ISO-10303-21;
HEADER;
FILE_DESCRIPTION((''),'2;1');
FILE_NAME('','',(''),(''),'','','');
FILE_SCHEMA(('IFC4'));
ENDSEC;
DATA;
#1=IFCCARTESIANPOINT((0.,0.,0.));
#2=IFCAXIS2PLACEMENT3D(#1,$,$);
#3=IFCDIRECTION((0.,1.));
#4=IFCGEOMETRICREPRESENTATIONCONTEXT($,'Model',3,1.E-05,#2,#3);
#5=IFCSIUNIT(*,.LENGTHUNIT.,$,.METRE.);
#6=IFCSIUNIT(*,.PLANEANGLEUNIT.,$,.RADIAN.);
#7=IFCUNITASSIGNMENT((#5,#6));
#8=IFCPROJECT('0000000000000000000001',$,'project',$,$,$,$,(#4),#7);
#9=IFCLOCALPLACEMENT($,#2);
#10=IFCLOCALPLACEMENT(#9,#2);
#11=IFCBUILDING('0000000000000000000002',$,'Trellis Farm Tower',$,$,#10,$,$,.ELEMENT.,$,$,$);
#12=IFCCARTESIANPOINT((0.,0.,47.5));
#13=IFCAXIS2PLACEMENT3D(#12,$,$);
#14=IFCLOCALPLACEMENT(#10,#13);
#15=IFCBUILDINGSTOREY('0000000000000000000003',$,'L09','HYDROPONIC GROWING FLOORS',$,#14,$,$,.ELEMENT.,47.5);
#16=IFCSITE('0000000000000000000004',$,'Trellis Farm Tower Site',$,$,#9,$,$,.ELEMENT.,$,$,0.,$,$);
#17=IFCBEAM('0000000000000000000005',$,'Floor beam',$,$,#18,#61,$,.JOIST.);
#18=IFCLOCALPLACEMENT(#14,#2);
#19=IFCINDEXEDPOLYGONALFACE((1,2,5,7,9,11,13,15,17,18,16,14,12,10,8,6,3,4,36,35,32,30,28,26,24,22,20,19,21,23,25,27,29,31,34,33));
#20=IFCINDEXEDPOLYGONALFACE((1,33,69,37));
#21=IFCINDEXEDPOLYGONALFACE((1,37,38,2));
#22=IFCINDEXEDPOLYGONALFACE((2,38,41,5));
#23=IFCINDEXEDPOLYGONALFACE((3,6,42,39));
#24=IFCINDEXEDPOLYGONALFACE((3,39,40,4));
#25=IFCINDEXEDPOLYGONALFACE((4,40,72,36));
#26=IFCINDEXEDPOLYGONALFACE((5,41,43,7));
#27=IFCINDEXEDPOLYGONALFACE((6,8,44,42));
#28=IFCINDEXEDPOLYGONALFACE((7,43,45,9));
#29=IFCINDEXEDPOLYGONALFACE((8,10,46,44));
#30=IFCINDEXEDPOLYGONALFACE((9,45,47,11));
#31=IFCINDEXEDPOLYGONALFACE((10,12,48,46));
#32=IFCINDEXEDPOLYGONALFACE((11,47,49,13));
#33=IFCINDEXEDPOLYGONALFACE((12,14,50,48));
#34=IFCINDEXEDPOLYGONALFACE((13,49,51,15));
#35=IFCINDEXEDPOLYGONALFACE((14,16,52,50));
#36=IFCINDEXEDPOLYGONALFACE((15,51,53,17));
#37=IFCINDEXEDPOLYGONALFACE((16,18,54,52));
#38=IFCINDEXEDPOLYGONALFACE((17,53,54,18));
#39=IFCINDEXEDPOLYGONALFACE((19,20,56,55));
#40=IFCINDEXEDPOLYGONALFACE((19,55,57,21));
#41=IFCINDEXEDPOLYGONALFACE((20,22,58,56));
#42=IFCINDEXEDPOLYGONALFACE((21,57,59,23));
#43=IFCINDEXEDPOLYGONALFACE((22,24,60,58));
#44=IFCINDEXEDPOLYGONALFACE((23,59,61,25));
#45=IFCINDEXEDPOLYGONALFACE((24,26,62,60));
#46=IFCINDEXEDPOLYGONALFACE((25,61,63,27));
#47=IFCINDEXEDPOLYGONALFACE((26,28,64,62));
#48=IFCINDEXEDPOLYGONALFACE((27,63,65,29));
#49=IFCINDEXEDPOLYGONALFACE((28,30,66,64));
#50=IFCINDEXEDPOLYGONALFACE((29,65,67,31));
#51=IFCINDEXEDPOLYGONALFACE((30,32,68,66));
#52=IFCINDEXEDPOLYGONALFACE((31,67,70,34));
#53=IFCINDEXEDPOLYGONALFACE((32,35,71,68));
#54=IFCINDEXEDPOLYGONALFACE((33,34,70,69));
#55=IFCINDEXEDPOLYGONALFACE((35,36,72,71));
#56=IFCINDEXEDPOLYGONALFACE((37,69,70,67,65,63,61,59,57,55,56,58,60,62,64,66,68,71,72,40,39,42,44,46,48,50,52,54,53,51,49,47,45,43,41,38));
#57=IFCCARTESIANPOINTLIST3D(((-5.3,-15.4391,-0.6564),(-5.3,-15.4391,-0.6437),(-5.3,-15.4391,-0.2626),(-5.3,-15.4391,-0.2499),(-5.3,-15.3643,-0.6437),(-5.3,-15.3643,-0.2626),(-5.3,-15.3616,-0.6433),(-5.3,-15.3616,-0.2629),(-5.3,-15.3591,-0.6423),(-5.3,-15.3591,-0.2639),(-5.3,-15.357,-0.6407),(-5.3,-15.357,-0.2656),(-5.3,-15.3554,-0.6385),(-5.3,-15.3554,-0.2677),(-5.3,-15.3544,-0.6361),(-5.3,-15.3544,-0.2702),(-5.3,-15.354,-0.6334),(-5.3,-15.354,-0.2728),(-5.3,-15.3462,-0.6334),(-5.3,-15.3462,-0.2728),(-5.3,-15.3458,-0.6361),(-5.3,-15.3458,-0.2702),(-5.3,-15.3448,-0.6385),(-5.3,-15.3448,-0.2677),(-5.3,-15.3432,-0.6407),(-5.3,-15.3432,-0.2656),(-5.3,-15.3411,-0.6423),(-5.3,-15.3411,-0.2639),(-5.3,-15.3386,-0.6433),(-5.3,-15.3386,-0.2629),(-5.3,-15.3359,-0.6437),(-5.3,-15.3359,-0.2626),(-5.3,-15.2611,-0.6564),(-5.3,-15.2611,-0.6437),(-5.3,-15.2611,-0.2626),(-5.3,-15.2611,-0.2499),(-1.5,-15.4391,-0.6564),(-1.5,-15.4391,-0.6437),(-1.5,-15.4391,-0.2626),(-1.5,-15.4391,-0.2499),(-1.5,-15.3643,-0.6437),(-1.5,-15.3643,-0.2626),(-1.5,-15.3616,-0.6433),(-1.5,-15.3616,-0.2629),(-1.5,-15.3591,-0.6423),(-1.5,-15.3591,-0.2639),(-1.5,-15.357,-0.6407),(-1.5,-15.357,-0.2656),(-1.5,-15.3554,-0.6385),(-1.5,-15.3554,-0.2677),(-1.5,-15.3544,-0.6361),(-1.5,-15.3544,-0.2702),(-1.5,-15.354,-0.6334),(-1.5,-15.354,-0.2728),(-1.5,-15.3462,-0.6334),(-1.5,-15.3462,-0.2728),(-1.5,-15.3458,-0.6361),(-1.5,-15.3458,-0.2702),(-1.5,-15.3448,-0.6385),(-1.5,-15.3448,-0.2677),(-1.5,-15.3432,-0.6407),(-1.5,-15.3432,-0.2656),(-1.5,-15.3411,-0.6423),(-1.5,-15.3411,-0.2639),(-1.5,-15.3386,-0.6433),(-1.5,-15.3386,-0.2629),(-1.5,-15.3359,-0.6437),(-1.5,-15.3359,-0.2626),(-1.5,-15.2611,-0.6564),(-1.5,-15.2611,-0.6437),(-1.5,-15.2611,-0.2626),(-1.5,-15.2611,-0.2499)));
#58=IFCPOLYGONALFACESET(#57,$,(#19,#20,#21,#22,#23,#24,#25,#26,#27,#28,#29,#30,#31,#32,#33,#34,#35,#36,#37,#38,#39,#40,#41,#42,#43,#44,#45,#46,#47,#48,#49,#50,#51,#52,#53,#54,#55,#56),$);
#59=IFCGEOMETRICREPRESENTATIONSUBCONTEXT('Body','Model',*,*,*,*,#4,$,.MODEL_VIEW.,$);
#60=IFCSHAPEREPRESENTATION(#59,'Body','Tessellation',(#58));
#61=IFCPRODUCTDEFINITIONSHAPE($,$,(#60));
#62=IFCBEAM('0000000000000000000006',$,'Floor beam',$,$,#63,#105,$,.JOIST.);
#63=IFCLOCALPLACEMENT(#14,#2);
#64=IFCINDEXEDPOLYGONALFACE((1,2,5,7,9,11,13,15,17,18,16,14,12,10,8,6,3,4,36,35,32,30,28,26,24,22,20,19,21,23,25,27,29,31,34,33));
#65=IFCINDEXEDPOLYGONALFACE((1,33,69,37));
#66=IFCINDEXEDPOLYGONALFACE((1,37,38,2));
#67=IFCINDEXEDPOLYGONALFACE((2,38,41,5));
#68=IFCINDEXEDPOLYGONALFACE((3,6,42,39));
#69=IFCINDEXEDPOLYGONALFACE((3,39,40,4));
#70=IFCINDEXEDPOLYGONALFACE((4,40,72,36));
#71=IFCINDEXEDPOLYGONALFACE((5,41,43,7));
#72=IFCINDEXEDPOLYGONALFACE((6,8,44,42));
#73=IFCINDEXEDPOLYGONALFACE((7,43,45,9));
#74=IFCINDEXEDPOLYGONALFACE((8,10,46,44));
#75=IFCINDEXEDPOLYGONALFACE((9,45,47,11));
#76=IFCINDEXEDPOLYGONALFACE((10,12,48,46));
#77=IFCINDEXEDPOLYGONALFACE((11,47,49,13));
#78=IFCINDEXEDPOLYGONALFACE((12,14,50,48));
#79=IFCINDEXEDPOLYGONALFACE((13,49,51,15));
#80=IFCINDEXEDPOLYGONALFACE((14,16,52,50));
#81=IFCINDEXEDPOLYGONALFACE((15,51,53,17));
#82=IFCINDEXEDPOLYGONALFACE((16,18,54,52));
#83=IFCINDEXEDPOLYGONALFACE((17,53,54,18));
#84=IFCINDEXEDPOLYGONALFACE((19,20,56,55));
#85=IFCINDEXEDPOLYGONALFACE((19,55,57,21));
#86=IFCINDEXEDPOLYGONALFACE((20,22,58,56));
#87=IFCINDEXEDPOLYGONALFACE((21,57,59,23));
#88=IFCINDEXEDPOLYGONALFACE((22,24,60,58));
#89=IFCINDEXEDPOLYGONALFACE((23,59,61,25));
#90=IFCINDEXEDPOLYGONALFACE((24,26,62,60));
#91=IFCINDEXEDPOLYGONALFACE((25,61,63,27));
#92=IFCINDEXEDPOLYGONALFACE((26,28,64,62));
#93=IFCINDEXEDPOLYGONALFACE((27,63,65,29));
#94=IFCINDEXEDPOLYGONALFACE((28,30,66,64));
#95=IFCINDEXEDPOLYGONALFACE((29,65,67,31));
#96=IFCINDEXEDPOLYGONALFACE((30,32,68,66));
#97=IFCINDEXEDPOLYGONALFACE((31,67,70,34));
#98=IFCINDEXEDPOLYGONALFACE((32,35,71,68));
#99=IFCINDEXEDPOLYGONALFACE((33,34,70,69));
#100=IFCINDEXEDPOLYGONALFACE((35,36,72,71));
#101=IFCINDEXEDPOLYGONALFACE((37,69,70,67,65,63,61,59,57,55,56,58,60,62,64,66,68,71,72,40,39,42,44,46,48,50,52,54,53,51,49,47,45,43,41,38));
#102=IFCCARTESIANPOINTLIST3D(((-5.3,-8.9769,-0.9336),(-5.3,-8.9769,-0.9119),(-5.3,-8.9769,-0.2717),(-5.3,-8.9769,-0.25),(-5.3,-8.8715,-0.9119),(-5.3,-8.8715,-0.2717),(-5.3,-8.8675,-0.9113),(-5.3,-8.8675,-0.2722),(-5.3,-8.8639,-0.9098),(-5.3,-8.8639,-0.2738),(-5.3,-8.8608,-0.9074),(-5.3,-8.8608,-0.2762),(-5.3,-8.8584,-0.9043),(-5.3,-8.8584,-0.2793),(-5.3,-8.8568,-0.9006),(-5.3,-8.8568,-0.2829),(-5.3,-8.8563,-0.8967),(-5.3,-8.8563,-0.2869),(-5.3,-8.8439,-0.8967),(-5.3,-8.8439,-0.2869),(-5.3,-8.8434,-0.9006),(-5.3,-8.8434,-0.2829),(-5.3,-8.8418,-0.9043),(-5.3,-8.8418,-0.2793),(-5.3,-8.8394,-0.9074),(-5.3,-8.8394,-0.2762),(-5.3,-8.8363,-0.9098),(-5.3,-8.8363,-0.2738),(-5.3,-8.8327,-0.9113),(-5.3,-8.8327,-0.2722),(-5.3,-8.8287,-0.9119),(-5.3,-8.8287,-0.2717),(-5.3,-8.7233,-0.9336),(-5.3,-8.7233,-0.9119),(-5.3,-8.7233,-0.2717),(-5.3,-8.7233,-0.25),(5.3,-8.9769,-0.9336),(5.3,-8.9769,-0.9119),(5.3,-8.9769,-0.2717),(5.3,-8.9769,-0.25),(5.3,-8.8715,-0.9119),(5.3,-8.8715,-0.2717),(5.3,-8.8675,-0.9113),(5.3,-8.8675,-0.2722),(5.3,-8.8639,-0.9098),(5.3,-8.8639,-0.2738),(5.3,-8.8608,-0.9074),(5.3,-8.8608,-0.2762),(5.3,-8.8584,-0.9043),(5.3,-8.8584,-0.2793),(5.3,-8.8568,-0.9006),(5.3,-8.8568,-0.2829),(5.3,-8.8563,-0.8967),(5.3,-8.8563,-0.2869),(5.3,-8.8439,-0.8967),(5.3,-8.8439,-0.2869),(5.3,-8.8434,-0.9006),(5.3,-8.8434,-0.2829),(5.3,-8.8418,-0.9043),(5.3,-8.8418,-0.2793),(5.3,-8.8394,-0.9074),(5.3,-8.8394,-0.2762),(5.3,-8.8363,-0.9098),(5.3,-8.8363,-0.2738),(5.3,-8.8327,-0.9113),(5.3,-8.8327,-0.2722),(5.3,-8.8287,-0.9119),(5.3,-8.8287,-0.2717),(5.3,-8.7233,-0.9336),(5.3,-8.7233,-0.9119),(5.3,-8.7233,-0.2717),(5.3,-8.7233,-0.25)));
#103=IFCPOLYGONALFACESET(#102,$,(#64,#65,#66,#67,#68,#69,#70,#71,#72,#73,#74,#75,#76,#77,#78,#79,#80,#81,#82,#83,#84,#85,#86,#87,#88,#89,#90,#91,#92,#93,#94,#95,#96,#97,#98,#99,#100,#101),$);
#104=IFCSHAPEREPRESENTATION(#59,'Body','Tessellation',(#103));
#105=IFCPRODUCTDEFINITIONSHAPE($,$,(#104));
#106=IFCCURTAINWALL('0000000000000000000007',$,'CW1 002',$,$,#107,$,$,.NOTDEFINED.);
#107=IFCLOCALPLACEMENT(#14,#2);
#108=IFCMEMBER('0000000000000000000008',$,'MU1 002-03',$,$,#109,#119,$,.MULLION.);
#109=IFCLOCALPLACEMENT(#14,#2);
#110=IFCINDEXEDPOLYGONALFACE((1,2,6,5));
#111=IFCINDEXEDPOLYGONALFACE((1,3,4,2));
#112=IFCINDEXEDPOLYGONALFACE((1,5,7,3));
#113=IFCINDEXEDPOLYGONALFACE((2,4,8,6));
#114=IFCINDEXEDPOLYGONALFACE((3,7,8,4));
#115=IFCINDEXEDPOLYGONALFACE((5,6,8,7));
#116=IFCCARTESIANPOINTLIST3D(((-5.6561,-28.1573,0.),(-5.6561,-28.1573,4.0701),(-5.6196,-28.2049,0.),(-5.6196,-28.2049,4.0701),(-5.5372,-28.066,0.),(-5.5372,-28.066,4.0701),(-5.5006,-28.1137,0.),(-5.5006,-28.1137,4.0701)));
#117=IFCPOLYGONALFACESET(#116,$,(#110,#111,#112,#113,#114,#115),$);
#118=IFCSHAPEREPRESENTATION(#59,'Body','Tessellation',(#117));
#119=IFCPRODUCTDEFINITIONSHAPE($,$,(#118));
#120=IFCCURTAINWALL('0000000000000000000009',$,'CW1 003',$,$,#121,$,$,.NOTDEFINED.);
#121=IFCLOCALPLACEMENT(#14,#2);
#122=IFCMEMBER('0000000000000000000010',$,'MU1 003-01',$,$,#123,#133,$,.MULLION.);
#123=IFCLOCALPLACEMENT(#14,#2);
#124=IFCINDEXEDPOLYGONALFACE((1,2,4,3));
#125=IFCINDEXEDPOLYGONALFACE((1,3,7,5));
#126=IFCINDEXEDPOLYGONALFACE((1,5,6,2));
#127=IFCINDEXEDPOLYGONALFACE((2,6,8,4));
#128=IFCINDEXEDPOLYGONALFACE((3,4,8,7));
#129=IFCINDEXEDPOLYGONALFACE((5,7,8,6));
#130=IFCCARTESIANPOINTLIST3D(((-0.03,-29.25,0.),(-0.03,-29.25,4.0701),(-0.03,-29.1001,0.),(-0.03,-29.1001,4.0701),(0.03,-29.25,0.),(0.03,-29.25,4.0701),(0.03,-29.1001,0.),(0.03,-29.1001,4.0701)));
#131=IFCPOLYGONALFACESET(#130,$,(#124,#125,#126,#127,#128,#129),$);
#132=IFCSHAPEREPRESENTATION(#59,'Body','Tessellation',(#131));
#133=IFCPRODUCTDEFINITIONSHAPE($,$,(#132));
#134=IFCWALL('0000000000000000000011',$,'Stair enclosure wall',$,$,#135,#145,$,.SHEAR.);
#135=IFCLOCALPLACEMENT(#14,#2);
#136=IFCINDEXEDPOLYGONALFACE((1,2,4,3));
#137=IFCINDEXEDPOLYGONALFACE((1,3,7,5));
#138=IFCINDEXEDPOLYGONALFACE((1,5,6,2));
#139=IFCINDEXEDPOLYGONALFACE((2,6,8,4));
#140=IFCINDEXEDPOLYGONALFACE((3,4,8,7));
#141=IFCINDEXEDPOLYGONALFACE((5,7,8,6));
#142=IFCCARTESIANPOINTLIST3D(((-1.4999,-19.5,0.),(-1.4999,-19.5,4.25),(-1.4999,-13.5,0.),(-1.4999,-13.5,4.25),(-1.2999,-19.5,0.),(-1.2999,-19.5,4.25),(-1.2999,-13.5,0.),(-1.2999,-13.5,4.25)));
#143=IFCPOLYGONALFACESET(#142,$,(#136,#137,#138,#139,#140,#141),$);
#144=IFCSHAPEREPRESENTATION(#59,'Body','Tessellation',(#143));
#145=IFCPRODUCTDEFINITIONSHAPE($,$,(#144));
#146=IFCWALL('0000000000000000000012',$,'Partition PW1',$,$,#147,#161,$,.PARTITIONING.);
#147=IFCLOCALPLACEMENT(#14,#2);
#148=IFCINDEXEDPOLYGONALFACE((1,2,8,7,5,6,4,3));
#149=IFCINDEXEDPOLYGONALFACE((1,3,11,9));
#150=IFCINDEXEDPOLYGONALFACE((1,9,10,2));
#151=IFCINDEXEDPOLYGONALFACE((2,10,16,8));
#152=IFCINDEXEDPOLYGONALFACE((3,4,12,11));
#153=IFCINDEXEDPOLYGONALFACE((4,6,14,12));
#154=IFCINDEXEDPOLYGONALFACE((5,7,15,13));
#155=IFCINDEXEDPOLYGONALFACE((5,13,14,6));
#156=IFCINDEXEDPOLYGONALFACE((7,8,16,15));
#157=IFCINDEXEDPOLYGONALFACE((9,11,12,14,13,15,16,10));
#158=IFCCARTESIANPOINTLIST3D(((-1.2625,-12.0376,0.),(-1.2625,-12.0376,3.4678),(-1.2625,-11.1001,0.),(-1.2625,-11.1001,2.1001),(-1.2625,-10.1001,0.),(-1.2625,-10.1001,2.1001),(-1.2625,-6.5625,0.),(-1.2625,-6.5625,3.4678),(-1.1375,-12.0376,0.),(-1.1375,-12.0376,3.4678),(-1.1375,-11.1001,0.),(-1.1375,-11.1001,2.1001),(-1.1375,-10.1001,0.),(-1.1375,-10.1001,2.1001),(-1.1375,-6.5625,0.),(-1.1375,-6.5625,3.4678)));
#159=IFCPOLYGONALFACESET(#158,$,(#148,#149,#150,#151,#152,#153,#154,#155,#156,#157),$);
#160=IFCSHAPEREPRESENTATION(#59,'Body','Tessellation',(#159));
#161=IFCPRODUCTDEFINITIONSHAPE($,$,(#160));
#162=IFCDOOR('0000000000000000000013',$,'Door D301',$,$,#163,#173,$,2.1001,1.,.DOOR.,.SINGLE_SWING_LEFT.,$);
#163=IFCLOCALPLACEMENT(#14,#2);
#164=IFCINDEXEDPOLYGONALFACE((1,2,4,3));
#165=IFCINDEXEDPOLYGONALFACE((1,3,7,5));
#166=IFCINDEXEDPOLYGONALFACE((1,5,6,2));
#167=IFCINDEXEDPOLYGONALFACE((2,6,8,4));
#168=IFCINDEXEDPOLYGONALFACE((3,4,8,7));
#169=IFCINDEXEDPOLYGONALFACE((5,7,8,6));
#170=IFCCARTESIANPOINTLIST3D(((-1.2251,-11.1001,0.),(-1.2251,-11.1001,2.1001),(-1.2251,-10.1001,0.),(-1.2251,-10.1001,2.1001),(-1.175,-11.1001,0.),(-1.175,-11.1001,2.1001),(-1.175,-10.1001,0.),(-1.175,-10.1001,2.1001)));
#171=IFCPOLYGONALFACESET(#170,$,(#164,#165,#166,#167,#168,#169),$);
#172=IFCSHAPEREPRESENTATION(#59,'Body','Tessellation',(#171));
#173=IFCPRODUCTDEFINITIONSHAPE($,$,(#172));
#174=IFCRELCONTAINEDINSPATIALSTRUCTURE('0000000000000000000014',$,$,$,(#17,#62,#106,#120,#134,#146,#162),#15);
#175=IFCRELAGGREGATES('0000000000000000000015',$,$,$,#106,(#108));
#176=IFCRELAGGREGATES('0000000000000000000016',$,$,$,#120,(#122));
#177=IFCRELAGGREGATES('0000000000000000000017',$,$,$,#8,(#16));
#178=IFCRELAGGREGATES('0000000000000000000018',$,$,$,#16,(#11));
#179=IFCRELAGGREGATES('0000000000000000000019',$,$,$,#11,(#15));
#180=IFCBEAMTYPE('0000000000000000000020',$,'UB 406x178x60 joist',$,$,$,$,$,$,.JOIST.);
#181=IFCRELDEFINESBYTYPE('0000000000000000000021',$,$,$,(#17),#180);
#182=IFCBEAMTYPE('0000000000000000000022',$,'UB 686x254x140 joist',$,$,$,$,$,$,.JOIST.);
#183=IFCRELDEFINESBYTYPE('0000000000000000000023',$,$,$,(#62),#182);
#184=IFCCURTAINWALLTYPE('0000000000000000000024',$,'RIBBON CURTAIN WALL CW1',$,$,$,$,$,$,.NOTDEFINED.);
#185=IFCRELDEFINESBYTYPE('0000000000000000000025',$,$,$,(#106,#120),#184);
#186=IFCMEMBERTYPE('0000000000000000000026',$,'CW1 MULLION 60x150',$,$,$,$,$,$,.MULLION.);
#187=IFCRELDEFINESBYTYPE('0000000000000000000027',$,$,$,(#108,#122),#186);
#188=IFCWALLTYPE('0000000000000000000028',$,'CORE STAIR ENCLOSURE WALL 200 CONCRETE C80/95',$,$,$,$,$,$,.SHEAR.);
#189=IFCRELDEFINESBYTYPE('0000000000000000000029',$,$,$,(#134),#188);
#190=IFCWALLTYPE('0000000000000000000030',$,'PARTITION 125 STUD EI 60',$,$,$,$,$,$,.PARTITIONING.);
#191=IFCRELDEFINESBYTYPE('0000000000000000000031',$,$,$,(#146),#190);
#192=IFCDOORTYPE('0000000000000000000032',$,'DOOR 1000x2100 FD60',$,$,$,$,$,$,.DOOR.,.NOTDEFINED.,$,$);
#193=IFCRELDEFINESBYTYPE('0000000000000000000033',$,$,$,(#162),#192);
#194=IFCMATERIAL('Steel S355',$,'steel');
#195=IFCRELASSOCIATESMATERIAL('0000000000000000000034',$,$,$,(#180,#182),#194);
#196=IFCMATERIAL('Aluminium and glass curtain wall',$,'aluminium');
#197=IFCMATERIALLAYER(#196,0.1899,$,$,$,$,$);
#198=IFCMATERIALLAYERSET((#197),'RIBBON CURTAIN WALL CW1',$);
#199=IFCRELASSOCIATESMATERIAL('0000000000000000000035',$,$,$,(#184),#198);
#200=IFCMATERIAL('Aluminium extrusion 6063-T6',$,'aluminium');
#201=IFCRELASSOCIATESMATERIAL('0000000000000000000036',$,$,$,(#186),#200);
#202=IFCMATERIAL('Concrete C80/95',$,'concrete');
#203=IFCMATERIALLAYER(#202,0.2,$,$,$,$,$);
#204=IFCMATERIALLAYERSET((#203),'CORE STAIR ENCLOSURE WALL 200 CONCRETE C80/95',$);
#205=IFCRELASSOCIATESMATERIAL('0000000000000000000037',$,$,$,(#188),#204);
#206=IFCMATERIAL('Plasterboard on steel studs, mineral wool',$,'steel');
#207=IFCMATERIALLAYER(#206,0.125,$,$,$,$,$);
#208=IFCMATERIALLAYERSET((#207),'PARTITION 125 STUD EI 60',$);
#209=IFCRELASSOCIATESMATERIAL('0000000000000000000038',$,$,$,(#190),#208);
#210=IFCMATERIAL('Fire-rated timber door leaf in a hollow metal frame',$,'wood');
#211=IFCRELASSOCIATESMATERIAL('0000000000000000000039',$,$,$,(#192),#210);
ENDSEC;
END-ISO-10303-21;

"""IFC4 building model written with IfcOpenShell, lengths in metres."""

from ifc_helpers import new_model, si_unit, direction, frame, frame_2d, origin, origin_2d, place, context, subcontext, project, spatial, rectangle, i_section, extrude, source, transform, mapped, material, layer, layer_set, material_profile, profile_set, type_object, element, fill, aggregate, save


model = new_model("IFC4")

# Units and contexts
model_context = context("Model", 3, precision=1e-05, world=origin(), true_north=direction((0.0, 1.0)))
body_context = subcontext(model_context, "Body", "Model", "MODEL_VIEW")
ifc_project = project(units=[si_unit("LENGTHUNIT", "METRE"), si_unit("PLANEANGLEUNIT", "RADIAN")], contexts=[model_context])

# Site, building, storey
site_placement = place(None, origin())
site = spatial("IfcSite", under=ifc_project, at=site_placement, Name="Trellis Farm Tower Site", CompositionType="ELEMENT", RefElevation=0.0)
building_placement = place(site_placement, origin())
building = spatial("IfcBuilding", under=site, at=building_placement, Name="Trellis Farm Tower", CompositionType="ELEMENT")
storey_placement = place(building_placement, frame((0.0, 0.0, 47.5)))
storey = spatial("IfcBuildingStorey", under=building, at=storey_placement, Name="L09", Description="HYDROPONIC GROWING FLOORS", CompositionType="ELEMENT", Elevation=47.5)

# Shared definitions
ifc_material_1 = material(Name="Concrete C80/95", Category="concrete")

# Beams
ifc_material_2 = material(Name="Steel S355", Category="steel")
ifc_material_profile_1 = material_profile(ifc_material_2, i_section(OverallWidth=0.178, OverallDepth=0.4065, WebThickness=0.0078, FlangeThickness=0.0127, FilletRadius=0.0103, at=origin_2d()), Name="UB 406x178x60")
ifc_profile_set_1 = profile_set([ifc_material_profile_1], Name="Steel S355")
beam_type_1 = type_object("IfcBeamType", Name="UB 406x178x60 joist", PredefinedType="JOIST", material=ifc_profile_set_1)
shared_shape_1 = source(origin(), body_context, "Body", "SweptSolid", [
    extrude(i_section(OverallWidth=0.178, OverallDepth=0.4065, WebThickness=0.0078, FlangeThickness=0.0127, FilletRadius=0.0103, at=origin_2d()), origin(), (0.0, 0.0, 1.0), 3.8),
])
beam_1_placement = place(storey_placement, frame((-5.3, -15.3501, -0.4531), z_axis=(1.0, 0.0, 0.0), x_axis=(0.0, 1.0, 0.0)))
element("IfcBeam", 1, at=beam_1_placement, inside=storey, type_object=beam_type_1, Name="Floor beam", PredefinedType="JOIST", context=body_context, shape_type="MappedRepresentation", body=[
    mapped(shared_shape_1, transform((0.0, 0.0, 0.0))),
])
ifc_material_profile_2 = material_profile(ifc_material_2, i_section(OverallWidth=0.2537, OverallDepth=0.6836, WebThickness=0.0125, FlangeThickness=0.0217, FilletRadius=0.0151, at=origin_2d()), Name="UB 686x254x140")
ifc_profile_set_2 = profile_set([ifc_material_profile_2], Name="Steel S355")
beam_type_2 = type_object("IfcBeamType", Name="UB 686x254x140 joist", PredefinedType="JOIST", material=ifc_profile_set_2)
shared_shape_2 = source(origin(), body_context, "Body", "SweptSolid", [
    extrude(i_section(OverallWidth=0.2537, OverallDepth=0.6836, WebThickness=0.0125, FlangeThickness=0.0217, FilletRadius=0.0151, at=origin_2d()), origin(), (0.0, 0.0, 1.0), 10.6001),
])
beam_2_placement = place(storey_placement, frame((-5.3, -8.8501, -0.5918), z_axis=(1.0, 0.0, 0.0), x_axis=(0.0, 1.0, 0.0)))
element("IfcBeam", 2, at=beam_2_placement, inside=storey, type_object=beam_type_2, Name="Floor beam", PredefinedType="JOIST", context=body_context, shape_type="MappedRepresentation", body=[
    mapped(shared_shape_2, transform((0.0, 0.0, 0.0))),
])

# Curtain walls, members
ifc_material_3 = material(Name="Aluminium and glass curtain wall", Category="aluminium")
ifc_layer_1 = layer(ifc_material_3, 0.1899)
ifc_layer_set_1 = layer_set([ifc_layer_1], Name="RIBBON CURTAIN WALL CW1")
curtain_wall_type = type_object("IfcCurtainWallType", Name="RIBBON CURTAIN WALL CW1", PredefinedType="NOTDEFINED", material=ifc_layer_set_1)
placement = place(storey_placement, origin())
curtain_wall_1 = element("IfcCurtainWall", 3, at=placement, inside=storey, type_object=curtain_wall_type, Name="CW1 002", PredefinedType="NOTDEFINED")
ifc_material_4 = material(Name="Aluminium extrusion 6063-T6", Category="aluminium")
ifc_material_profile_3 = material_profile(ifc_material_4, rectangle(XDim=0.0601, YDim=0.1499, at=origin_2d()), Name="MULLION 60x150")
ifc_profile_set_3 = profile_set([ifc_material_profile_3], Name="Aluminium extrusion 6063-T6")
member_type = type_object("IfcMemberType", Name="CW1 MULLION 60x150", PredefinedType="MULLION", material=ifc_profile_set_3)
shared_shape_3 = source(origin(), body_context, "Body", "SweptSolid", [
    extrude(rectangle(XDim=0.0601, YDim=0.1499, at=origin_2d()), origin(), (0.0, 0.0, 1.0), 4.0701),
])
member_1_placement = place(storey_placement, frame((-5.5784, -28.1355, 0.0), z_axis=(0.0, 0.0, 1.0), x_axis=(0.608761, -0.793353, 0.0)))
member_1 = element("IfcMember", 4, at=member_1_placement, type_object=member_type, Name="MU1 002-03", PredefinedType="MULLION", context=body_context, shape_type="MappedRepresentation", body=[
    mapped(shared_shape_3, transform((0.0, 0.0, 0.0))),
])
aggregate(curtain_wall_1, [member_1])
curtain_wall_2 = element("IfcCurtainWall", 5, at=placement, inside=storey, type_object=curtain_wall_type, Name="CW1 003", PredefinedType="NOTDEFINED")
member_2_placement = place(storey_placement, frame((0.0, -29.175, 0.0), z_axis=(0.0, 0.0, 1.0), x_axis=(1.0, 0.0, 0.0)))
member_2 = element("IfcMember", 6, at=member_2_placement, type_object=member_type, Name="MU1 003-01", PredefinedType="MULLION", context=body_context, shape_type="MappedRepresentation", body=[
    mapped(shared_shape_3, transform((0.0, 0.0, 0.0))),
])
aggregate(curtain_wall_2, [member_2])

# Wall
ifc_layer_2 = layer(ifc_material_1, 0.2)
ifc_layer_set_2 = layer_set([ifc_layer_2], Name="CORE STAIR ENCLOSURE WALL 200 CONCRETE C80/95")
wall_type_1 = type_object("IfcWallType", Name="CORE STAIR ENCLOSURE WALL 200 CONCRETE C80/95", PredefinedType="SHEAR", material=ifc_layer_set_2)
shared_shape_4 = source(origin(), body_context, "Body", "SweptSolid", [
    extrude(rectangle(XDim=6.0, YDim=0.2, at=frame_2d((3.0, 0.0))), origin(), (0.0, 0.0, 1.0), 4.25),
])
wall_1_placement = place(storey_placement, frame((-1.3999, -13.5, 0.0), z_axis=(0.0, 0.0, 1.0), x_axis=(0.0, -1.0, 0.0)))
element("IfcWall", 7, at=wall_1_placement, inside=storey, type_object=wall_type_1, Name="Stair enclosure wall", PredefinedType="SHEAR", context=body_context, shape_type="MappedRepresentation", body=[
    mapped(shared_shape_4, transform((0.0, 0.0, 0.0))),
])

# Wall, opening, door
ifc_material_5 = material(Name="Plasterboard on steel studs, mineral wool", Category="steel")
ifc_layer_3 = layer(ifc_material_5, 0.125)
ifc_layer_set_3 = layer_set([ifc_layer_3], Name="PARTITION 125 STUD EI 60")
wall_type_2 = type_object("IfcWallType", Name="PARTITION 125 STUD EI 60", PredefinedType="PARTITIONING", material=ifc_layer_set_3)
shared_shape_5 = source(origin(), body_context, "Body", "SweptSolid", [
    extrude(rectangle(XDim=5.4751, YDim=0.125, at=frame_2d((2.7375, 0.0))), origin(), (0.0, 0.0, 1.0), 3.4678),
])
wall_2_placement = place(storey_placement, frame((-1.2, -6.5625, 0.0), z_axis=(0.0, 0.0, 1.0), x_axis=(0.0, -1.0, 0.0)))
wall_2 = element("IfcWall", 8, at=wall_2_placement, inside=storey, type_object=wall_type_2, Name="Partition PW1", PredefinedType="PARTITIONING", context=body_context, shape_type="MappedRepresentation", body=[
    mapped(shared_shape_5, transform((0.0, 0.0, 0.0))),
])
shared_shape_6 = source(origin(), body_context, "Body", "SweptSolid", [
    extrude(rectangle(XDim=1.0, YDim=2.1001, at=frame_2d((0.5, 1.05))), frame((0.0, 0.0725, 0.0), z_axis=(0.0, -1.0, 0.0), x_axis=(1.0, 0.0, 0.0)), (0.0, 0.0, 1.0), 0.145),
])
opening_1_placement = place(wall_2_placement, frame((3.5376, 0.0, 0.0)))
opening_1 = element("IfcOpeningElement", 9, at=opening_1_placement, cuts=wall_2, PredefinedType="OPENING", context=body_context, shape_type="MappedRepresentation", body=[
    mapped(shared_shape_6, transform((0.0, 0.0, 0.0))),
])
ifc_material_6 = material(Name="Fire-rated timber door leaf in a hollow metal frame", Category="wood")
door_type_1 = type_object("IfcDoorType", Name="DOOR 1000x2100 FD60", OperationType="NOTDEFINED", PredefinedType="DOOR", material=ifc_material_6)
shared_shape_7 = source(origin(), body_context, "Body", "SweptSolid", [
    extrude(rectangle(XDim=1.0, YDim=2.1001, at=frame_2d((0.5, 1.05))), frame((0.0, 0.0249, 0.0), z_axis=(0.0, -1.0, 0.0), x_axis=(1.0, 0.0, 0.0)), (0.0, 0.0, 1.0), 0.05),
])
door_1_placement = place(opening_1_placement, origin())
door_1 = element("IfcDoor", 10, at=door_1_placement, inside=storey, type_object=door_type_1, Name="Door D301", OperationType="SINGLE_SWING_LEFT", OverallHeight=2.1001, OverallWidth=1.0, PredefinedType="DOOR", context=body_context, shape_type="MappedRepresentation", body=[
    mapped(shared_shape_7, transform((0.0, 0.0, 0.0))),
])
fill(opening_1, door_1)

save(model, "model.ifc")
